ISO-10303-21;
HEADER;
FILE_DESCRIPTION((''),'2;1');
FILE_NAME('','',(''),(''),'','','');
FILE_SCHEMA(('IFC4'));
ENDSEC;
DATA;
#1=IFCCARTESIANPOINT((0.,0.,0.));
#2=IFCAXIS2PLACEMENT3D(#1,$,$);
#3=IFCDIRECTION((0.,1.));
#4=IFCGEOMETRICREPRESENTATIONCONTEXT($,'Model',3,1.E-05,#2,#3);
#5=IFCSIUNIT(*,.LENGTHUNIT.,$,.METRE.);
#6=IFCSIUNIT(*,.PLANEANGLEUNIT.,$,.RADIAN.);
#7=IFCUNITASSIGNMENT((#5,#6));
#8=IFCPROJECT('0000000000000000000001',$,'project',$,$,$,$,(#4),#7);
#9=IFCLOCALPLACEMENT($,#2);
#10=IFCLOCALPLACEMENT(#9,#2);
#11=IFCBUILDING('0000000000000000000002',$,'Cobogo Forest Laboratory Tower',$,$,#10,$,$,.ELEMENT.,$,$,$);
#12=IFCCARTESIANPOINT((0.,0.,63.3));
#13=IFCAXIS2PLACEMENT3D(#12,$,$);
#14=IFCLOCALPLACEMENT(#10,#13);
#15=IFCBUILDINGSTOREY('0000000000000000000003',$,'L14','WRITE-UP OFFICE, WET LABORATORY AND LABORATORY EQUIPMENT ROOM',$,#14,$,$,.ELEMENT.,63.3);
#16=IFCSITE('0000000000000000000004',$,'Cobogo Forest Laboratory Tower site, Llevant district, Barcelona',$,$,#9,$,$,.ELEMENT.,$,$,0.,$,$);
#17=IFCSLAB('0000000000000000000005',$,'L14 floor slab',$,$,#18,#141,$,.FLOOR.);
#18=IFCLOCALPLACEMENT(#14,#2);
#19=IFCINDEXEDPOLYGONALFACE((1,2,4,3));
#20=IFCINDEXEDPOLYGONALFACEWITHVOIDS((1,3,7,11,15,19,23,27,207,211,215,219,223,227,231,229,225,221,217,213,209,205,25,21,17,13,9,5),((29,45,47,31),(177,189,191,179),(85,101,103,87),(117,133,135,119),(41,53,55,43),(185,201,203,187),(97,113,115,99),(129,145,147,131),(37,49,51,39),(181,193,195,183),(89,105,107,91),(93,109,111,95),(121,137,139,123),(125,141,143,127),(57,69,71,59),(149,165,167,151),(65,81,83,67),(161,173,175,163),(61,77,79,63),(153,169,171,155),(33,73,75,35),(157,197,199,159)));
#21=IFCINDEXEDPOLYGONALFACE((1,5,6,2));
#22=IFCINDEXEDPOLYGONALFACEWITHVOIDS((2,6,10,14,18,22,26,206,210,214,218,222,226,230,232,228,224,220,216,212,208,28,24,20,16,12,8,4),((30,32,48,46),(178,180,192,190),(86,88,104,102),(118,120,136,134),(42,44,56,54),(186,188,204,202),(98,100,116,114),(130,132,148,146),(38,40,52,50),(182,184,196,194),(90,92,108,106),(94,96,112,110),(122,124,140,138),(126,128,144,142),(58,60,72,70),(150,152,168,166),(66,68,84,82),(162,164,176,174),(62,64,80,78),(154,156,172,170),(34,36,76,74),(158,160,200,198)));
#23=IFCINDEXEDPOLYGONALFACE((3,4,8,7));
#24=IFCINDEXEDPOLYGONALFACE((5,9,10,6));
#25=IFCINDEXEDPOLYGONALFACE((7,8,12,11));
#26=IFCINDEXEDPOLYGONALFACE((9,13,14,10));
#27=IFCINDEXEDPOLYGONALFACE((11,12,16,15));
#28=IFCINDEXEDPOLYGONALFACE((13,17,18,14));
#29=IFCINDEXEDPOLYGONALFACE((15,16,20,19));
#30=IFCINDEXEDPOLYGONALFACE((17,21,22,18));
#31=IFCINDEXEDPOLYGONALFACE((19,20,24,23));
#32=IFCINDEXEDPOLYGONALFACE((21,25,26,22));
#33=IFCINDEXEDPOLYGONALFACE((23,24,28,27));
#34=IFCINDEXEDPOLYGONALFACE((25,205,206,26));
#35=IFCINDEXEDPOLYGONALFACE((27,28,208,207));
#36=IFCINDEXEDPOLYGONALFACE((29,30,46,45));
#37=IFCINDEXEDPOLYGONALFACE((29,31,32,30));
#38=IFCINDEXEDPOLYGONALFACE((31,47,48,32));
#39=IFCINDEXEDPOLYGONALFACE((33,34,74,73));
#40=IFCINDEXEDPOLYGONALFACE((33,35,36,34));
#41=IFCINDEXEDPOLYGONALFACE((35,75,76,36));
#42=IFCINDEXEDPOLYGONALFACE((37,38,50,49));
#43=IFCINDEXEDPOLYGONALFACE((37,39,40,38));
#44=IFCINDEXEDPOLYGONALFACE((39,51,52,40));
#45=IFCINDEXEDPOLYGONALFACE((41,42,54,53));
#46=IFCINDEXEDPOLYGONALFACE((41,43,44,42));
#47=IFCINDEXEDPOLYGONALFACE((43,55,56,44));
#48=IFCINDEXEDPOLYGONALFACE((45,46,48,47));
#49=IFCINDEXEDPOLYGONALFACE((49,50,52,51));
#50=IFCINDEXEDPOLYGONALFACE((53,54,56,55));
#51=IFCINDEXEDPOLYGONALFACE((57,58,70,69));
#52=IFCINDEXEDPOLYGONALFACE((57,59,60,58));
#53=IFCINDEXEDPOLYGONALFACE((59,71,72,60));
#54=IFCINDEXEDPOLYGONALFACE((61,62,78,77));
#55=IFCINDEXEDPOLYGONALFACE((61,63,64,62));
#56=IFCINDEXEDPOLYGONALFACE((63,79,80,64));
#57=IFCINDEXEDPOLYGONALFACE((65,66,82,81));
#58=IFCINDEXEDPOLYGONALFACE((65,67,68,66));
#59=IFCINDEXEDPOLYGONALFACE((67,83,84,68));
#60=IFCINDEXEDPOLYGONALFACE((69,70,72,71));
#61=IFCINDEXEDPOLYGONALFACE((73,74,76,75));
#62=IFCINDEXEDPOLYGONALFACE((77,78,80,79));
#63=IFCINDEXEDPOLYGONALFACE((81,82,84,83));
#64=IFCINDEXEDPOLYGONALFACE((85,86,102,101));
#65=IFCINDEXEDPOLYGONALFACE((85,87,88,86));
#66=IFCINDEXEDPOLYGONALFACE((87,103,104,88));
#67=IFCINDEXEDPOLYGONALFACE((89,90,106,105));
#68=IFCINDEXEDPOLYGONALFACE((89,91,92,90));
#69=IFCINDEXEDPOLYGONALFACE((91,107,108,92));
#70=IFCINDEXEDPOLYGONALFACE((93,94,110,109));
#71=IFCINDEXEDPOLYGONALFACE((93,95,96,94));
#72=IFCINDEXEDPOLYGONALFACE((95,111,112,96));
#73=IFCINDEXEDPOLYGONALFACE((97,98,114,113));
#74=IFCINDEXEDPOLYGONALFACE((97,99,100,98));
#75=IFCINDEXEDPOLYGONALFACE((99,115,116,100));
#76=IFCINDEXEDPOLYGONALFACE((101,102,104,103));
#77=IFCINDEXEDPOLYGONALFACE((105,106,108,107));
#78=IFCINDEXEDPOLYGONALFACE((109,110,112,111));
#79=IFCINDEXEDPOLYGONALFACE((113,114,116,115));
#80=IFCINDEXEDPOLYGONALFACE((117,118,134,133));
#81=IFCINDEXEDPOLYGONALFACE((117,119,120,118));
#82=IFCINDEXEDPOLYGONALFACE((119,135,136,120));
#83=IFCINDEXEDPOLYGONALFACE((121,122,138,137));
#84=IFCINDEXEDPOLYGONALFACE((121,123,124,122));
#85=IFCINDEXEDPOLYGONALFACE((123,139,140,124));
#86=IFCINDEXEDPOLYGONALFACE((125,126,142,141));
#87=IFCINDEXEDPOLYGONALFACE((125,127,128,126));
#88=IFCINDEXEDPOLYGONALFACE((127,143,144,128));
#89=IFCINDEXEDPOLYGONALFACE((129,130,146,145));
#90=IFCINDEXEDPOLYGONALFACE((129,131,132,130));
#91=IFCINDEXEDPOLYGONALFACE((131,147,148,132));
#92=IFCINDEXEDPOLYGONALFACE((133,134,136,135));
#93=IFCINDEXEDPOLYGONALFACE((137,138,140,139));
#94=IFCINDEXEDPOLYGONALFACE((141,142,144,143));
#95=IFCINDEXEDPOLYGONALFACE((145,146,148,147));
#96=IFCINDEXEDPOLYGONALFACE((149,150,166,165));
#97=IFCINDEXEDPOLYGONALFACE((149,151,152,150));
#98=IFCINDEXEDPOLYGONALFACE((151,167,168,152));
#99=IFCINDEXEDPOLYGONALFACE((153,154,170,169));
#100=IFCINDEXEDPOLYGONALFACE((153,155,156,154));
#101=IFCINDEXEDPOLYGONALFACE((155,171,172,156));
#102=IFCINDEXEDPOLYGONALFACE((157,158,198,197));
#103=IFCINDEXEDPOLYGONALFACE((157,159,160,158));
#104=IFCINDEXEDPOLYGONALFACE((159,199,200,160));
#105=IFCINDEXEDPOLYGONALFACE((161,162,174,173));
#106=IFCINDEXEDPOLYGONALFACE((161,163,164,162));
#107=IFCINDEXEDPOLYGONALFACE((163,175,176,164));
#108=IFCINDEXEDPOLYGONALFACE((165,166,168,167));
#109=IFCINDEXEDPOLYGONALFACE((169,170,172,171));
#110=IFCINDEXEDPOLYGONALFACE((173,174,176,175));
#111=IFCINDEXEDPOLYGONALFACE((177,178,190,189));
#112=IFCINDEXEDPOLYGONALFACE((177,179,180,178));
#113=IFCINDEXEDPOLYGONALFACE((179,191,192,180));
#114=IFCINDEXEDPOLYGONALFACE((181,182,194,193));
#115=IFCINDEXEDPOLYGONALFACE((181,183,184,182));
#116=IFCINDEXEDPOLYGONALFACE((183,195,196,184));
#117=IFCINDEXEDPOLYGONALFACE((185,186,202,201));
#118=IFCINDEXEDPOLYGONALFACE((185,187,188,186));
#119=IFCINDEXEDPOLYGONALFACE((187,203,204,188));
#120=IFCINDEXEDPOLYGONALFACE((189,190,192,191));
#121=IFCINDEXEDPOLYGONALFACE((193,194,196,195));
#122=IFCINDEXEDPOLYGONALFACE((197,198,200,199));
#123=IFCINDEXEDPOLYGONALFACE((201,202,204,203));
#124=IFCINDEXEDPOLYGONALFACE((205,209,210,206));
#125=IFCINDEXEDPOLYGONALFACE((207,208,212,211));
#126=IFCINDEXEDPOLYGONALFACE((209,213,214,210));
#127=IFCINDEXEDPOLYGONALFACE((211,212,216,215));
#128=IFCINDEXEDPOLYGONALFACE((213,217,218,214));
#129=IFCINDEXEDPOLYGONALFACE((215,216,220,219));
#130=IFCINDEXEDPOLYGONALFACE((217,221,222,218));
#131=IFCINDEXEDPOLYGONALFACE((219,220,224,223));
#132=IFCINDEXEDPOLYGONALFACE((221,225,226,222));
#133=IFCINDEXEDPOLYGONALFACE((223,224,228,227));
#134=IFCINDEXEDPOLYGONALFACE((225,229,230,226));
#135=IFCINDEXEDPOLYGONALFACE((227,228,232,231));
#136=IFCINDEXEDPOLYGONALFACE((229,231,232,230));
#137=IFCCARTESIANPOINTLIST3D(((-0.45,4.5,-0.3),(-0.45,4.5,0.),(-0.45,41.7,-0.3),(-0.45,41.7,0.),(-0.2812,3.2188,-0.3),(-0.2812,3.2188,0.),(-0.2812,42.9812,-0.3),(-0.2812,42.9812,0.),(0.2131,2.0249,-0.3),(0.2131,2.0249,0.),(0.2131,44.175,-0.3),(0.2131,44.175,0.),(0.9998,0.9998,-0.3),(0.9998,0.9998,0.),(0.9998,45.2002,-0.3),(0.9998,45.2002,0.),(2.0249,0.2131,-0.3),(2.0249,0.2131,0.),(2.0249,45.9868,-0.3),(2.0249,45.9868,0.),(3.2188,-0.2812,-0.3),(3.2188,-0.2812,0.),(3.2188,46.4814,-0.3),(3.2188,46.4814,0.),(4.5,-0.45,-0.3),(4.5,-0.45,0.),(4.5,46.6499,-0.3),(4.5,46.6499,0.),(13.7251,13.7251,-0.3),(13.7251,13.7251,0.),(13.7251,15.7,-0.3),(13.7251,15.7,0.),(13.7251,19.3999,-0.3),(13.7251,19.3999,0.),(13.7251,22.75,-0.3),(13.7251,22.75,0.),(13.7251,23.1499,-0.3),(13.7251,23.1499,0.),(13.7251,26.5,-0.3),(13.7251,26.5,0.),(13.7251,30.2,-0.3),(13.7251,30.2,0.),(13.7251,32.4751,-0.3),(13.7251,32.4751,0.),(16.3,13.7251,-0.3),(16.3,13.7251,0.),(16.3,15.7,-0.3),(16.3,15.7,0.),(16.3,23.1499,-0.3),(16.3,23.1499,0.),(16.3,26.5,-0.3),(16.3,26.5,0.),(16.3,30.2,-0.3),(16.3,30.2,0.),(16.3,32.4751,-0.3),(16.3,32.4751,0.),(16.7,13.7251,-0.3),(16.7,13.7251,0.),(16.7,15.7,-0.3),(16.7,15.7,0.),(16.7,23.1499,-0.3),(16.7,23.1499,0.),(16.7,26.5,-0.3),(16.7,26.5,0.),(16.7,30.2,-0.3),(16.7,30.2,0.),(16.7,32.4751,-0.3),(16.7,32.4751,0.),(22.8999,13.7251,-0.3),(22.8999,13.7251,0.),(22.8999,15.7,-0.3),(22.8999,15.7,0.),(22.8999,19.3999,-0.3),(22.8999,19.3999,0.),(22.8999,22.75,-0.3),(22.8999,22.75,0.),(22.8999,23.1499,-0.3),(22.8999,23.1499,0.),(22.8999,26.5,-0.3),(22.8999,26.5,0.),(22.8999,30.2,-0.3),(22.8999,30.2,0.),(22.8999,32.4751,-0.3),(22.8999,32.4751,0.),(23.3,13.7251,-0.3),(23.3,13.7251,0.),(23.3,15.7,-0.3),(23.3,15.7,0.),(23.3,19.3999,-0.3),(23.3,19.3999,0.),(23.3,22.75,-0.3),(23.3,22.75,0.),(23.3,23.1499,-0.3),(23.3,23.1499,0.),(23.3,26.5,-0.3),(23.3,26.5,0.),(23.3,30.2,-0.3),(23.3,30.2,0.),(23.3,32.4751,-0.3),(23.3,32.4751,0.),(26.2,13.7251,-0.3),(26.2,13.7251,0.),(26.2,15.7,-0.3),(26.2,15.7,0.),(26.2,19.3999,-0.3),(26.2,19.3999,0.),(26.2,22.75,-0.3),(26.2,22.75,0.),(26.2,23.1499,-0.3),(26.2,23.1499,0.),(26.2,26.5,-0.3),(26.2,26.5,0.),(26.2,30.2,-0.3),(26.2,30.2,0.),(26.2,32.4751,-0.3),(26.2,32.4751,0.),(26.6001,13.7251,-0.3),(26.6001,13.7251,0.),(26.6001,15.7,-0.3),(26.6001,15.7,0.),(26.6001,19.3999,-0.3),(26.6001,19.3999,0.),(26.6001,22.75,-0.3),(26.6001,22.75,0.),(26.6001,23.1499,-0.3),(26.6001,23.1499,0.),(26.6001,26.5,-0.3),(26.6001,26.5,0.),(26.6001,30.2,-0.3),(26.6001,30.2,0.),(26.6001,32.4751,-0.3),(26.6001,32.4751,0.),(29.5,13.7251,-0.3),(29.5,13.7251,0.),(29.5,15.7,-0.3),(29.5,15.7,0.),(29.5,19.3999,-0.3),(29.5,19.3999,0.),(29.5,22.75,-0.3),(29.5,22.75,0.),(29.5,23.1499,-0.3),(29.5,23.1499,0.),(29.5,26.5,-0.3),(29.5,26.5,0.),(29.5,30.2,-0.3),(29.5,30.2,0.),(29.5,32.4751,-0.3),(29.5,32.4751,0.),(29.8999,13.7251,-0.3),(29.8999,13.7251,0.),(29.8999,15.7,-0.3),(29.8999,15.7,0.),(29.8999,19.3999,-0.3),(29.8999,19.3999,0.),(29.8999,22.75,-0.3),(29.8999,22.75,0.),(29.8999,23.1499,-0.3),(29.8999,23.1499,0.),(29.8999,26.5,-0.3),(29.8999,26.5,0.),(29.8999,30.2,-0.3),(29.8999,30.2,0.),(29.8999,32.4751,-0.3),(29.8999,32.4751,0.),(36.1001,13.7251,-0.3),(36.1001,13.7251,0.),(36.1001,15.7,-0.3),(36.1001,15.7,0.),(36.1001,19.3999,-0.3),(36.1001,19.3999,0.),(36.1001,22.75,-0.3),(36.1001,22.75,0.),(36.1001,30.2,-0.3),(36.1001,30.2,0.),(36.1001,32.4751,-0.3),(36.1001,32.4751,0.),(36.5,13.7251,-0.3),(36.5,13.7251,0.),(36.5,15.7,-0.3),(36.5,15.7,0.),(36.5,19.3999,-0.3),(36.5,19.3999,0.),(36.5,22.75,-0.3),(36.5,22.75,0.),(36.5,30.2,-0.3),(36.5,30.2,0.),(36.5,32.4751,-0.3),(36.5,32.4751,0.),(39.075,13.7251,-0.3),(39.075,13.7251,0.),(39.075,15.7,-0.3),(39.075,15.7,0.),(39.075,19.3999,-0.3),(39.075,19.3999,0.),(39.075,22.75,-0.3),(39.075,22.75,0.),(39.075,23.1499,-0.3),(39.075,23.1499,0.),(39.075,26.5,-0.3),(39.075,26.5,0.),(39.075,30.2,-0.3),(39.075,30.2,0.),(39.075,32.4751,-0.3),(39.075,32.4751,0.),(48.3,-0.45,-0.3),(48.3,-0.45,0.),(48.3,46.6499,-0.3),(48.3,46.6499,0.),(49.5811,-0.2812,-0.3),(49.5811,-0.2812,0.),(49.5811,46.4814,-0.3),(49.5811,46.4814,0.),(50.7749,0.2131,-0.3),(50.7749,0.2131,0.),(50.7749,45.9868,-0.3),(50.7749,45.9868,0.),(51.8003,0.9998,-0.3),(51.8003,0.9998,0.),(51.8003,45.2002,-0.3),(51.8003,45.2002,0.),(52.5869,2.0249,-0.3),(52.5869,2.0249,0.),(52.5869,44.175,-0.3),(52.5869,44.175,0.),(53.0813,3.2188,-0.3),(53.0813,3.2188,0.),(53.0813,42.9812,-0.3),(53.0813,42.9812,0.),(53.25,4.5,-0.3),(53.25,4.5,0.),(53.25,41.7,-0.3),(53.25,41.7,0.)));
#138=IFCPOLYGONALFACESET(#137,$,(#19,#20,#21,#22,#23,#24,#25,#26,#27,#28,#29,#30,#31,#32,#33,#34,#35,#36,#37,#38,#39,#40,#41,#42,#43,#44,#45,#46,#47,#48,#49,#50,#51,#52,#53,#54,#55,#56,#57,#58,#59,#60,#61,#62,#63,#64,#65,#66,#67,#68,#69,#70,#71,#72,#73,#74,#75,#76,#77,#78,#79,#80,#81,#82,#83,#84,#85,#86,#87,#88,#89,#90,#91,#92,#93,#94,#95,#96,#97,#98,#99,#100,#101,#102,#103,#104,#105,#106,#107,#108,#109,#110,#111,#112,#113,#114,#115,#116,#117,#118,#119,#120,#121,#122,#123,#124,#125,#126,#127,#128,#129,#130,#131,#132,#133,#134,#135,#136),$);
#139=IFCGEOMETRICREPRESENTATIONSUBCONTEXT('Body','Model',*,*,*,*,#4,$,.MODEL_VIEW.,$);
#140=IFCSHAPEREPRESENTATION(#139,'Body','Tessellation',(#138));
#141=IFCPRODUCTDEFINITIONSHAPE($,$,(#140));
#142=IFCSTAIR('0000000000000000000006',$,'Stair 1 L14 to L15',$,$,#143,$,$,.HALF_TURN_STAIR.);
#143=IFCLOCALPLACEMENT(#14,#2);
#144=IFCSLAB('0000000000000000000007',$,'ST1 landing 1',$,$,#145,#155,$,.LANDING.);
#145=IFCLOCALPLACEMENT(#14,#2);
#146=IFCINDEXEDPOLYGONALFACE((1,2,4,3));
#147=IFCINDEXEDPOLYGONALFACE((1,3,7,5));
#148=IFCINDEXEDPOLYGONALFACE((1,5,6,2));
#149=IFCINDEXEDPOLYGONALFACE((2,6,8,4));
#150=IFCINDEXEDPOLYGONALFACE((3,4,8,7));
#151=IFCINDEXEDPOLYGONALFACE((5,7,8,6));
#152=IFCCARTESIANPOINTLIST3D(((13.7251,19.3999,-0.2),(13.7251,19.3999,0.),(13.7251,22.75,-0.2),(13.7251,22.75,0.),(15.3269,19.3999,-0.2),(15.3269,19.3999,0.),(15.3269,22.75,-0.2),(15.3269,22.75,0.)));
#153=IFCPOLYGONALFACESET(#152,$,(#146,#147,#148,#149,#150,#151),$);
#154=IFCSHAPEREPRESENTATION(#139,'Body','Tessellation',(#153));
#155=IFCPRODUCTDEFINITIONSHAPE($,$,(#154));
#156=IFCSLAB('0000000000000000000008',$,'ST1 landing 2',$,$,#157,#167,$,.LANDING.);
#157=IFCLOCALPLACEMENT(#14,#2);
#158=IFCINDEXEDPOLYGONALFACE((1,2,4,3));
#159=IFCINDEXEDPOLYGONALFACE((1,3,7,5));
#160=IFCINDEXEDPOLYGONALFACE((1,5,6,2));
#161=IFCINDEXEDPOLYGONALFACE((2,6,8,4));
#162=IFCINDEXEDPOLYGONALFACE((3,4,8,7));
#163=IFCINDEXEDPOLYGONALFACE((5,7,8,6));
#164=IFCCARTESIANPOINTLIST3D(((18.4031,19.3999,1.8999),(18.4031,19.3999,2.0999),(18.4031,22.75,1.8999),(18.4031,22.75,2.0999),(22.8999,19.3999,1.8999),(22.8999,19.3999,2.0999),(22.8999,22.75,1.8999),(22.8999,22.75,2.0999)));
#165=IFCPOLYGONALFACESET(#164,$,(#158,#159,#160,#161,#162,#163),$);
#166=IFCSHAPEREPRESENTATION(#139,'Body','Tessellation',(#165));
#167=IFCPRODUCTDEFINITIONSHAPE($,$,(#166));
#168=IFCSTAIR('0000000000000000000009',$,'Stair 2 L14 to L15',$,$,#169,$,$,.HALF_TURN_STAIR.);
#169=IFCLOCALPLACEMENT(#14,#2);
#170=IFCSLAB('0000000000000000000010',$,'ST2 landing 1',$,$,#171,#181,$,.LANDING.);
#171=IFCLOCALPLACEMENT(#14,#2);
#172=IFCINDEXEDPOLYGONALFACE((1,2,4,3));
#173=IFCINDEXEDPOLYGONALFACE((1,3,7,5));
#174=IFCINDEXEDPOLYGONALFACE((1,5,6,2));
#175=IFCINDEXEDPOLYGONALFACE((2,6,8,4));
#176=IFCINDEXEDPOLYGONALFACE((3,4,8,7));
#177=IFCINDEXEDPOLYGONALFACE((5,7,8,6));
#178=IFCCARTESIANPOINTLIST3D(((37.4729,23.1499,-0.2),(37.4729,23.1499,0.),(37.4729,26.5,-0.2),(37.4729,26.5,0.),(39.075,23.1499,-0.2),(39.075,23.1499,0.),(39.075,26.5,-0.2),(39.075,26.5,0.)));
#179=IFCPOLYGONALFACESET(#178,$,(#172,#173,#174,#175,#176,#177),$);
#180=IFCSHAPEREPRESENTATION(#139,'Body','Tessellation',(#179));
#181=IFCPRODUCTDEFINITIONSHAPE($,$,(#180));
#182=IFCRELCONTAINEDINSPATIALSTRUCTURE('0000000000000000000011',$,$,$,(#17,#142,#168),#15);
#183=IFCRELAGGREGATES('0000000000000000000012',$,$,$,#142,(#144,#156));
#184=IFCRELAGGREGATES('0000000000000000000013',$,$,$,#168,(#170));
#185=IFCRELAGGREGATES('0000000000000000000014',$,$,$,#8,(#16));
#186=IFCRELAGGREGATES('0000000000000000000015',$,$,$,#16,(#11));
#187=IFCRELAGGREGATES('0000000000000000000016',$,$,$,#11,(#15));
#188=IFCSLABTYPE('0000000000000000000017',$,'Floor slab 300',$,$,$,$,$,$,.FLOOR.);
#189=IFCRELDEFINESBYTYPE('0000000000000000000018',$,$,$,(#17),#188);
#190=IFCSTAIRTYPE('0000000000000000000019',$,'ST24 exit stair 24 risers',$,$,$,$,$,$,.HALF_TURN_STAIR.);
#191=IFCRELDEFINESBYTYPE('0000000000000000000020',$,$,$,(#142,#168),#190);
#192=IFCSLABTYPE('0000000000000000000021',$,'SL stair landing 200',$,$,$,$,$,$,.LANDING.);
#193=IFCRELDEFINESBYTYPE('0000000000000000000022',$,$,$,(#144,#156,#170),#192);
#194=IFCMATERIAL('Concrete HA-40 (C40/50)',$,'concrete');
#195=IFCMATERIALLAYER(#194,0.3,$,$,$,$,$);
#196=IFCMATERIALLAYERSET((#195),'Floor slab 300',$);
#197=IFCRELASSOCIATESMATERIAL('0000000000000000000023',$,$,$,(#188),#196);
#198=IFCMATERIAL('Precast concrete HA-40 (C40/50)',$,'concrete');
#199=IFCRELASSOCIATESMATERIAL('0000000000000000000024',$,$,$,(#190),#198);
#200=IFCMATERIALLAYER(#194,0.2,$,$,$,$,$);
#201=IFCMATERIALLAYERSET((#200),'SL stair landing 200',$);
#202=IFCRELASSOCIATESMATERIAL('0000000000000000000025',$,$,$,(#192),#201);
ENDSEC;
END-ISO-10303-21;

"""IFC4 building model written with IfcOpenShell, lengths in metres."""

from ifc_helpers import new_model, si_unit, direction, frame, origin, place, context, subcontext, project, spatial, polyline, outline, extrude, material, layer, layer_set, type_object, element, aggregate, save


model = new_model("IFC4")

# Units and contexts
model_context = context("Model", 3, precision=1e-05, world=origin(), true_north=direction((0.0, 1.0)))
body_context = subcontext(model_context, "Body", "Model", "MODEL_VIEW")
ifc_project = project(units=[si_unit("LENGTHUNIT", "METRE"), si_unit("PLANEANGLEUNIT", "RADIAN")], contexts=[model_context])

# Site, building, storey
site_placement = place(None, origin())
site = spatial("IfcSite", under=ifc_project, at=site_placement, Name="Cobogo Forest Laboratory Tower site, Llevant district, Barcelona", CompositionType="ELEMENT", RefElevation=0.0)
building_placement = place(site_placement, origin())
building = spatial("IfcBuilding", under=site, at=building_placement, Name="Cobogo Forest Laboratory Tower", CompositionType="ELEMENT")
storey_placement = place(building_placement, frame((0.0, 0.0, 63.3)))
storey = spatial("IfcBuildingStorey", under=building, at=storey_placement, Name="L14", Description="WRITE-UP OFFICE, WET LABORATORY AND LABORATORY EQUIPMENT ROOM", CompositionType="ELEMENT", Elevation=63.3)

# Slab
ifc_material_1 = material(Name="Concrete HA-40 (C40/50)", Category="concrete")
ifc_layer_1 = layer(ifc_material_1, 0.3)
ifc_layer_set_1 = layer_set([ifc_layer_1], Name="Floor slab 300")
slab_type_1 = type_object("IfcSlabType", Name="Floor slab 300", PredefinedType="FLOOR", material=ifc_layer_set_1)
slab_1_placement = place(storey_placement, frame((0.0, 0.0, -0.3)))
element("IfcSlab", 1, at=slab_1_placement, inside=storey, type_object=slab_type_1, Name="L14 floor slab", PredefinedType="FLOOR", context=body_context, shape_type="SweptSolid", body=[
    extrude(outline(polyline([(48.3, -0.45), (49.5811, -0.2812), (50.7749, 0.2131), (51.8003, 0.9998), (52.5869, 2.0249), (53.0813, 3.2188), (53.25, 4.5), (53.25, 41.7), (53.0813, 42.9812), (52.5869, 44.175), (51.8003, 45.2002), (50.7749, 45.9868), (49.5811, 46.4814), (48.3, 46.6499), (4.5, 46.6499), (3.2188, 46.4814), (2.0249, 45.9868), (0.9998, 45.2002), (0.2131, 44.175), (-0.2812, 42.9812), (-0.45, 41.7), (-0.45, 4.5), (-0.2812, 3.2188), (0.2131, 2.0249), (0.9998, 0.9998), (2.0249, 0.2131), (3.2188, -0.2812), (4.5, -0.45), (48.3, -0.45)]), holes=[polyline([(16.3, 13.7251), (13.7251, 13.7251), (13.7251, 15.7), (16.3, 15.7), (16.3, 13.7251)]), polyline([(22.8999, 15.7), (22.8999, 13.7251), (16.7, 13.7251), (16.7, 15.7), (22.8999, 15.7)]), polyline([(23.3, 13.7251), (23.3, 15.7), (26.2, 15.7), (26.2, 13.7251), (23.3, 13.7251)]), polyline([(29.5, 13.7251), (26.6001, 13.7251), (26.6001, 15.7), (29.5, 15.7), (29.5, 13.7251)]), polyline([(36.1001, 15.7), (36.1001, 13.7251), (29.8999, 13.7251), (29.8999, 15.7), (36.1001, 15.7)]), polyline([(36.5, 13.7251), (36.5, 15.7), (39.075, 15.7), (39.075, 13.7251), (36.5, 13.7251)]), polyline([(13.7251, 19.3999), (13.7251, 22.75), (22.8999, 22.75), (22.8999, 19.3999), (13.7251, 19.3999)]), polyline([(23.3, 19.3999), (23.3, 22.75), (26.2, 22.75), (26.2, 19.3999), (23.3, 19.3999)]), polyline([(26.6001, 19.3999), (26.6001, 22.75), (29.5, 22.75), (29.5, 19.3999), (26.6001, 19.3999)]), polyline([(36.1001, 22.75), (36.1001, 19.3999), (29.8999, 19.3999), (29.8999, 22.75), (36.1001, 22.75)]), polyline([(39.075, 19.3999), (36.5, 19.3999), (36.5, 22.75), (39.075, 22.75), (39.075, 19.3999)]), polyline([(13.7251, 23.1499), (13.7251, 26.5), (16.3, 26.5), (16.3, 23.1499), (13.7251, 23.1499)]), polyline([(22.8999, 26.5), (22.8999, 23.1499), (16.7, 23.1499), (16.7, 26.5), (22.8999, 26.5)]), polyline([(23.3, 23.1499), (23.3, 26.5), (26.2, 26.5), (26.2, 23.1499), (23.3, 23.1499)]), polyline([(26.6001, 23.1499), (26.6001, 26.5), (29.5, 26.5), (29.5, 23.1499), (26.6001, 23.1499)]), polyline([(29.8999, 23.1499), (29.8999, 26.5), (39.075, 26.5), (39.075, 23.1499), (29.8999, 23.1499)]), polyline([(13.7251, 30.2), (13.7251, 32.4751), (16.3, 32.4751), (16.3, 30.2), (13.7251, 30.2)]), polyline([(22.8999, 32.4751), (22.8999, 30.2), (16.7, 30.2), (16.7, 32.4751), (22.8999, 32.4751)]), polyline([(23.3, 30.2), (23.3, 32.4751), (26.2, 32.4751), (26.2, 30.2), (23.3, 30.2)]), polyline([(26.6001, 30.2), (26.6001, 32.4751), (29.5, 32.4751), (29.5, 30.2), (26.6001, 30.2)]), polyline([(36.1001, 32.4751), (36.1001, 30.2), (29.8999, 30.2), (29.8999, 32.4751), (36.1001, 32.4751)]), polyline([(36.5, 30.2), (36.5, 32.4751), (39.075, 32.4751), (39.075, 30.2), (36.5, 30.2)])]), origin(), (0.0, 0.0, 1.0), 0.3),
])

# Stairs, slabs
ifc_material_2 = material(Name="Precast concrete HA-40 (C40/50)", Category="concrete")
stair_type = type_object("IfcStairType", Name="ST24 exit stair 24 risers", PredefinedType="HALF_TURN_STAIR", material=ifc_material_2)
stair_1_placement = place(storey_placement, origin())
stair_1 = element("IfcStair", 2, at=stair_1_placement, inside=storey, type_object=stair_type, Name="Stair 1 L14 to L15", PredefinedType="HALF_TURN_STAIR")
ifc_layer_2 = layer(ifc_material_1, 0.2)
ifc_layer_set_2 = layer_set([ifc_layer_2], Name="SL stair landing 200")
slab_type_2 = type_object("IfcSlabType", Name="SL stair landing 200", PredefinedType="LANDING", material=ifc_layer_set_2)
slab_2_placement = place(storey_placement, frame((0.0, 0.0, -0.2)))
slab_2 = element("IfcSlab", 3, at=slab_2_placement, type_object=slab_type_2, Name="ST1 landing 1", PredefinedType="LANDING", context=body_context, shape_type="SweptSolid", body=[
    extrude(outline(polyline([(13.7251, 19.3999), (15.3269, 19.3999), (15.3269, 22.75), (13.7251, 22.75), (13.7251, 19.3999)])), origin(), (0.0, 0.0, 1.0), 0.2),
])
slab_3_placement = place(storey_placement, frame((0.0, 0.0, 1.8999)))
slab_3 = element("IfcSlab", 4, at=slab_3_placement, type_object=slab_type_2, Name="ST1 landing 2", PredefinedType="LANDING", context=body_context, shape_type="SweptSolid", body=[
    extrude(outline(polyline([(18.4031, 19.3999), (22.8999, 19.3999), (22.8999, 22.75), (18.4031, 22.75), (18.4031, 19.3999)])), origin(), (0.0, 0.0, 1.0), 0.2),
])
aggregate(stair_1, [slab_2, slab_3])
stair_2_placement = place(storey_placement, origin())
stair_2 = element("IfcStair", 5, at=stair_2_placement, inside=storey, type_object=stair_type, Name="Stair 2 L14 to L15", PredefinedType="HALF_TURN_STAIR")
slab_4_placement = place(storey_placement, frame((0.0, 0.0, -0.2)))
slab_4 = element("IfcSlab", 6, at=slab_4_placement, type_object=slab_type_2, Name="ST2 landing 1", PredefinedType="LANDING", context=body_context, shape_type="SweptSolid", body=[
    extrude(outline(polyline([(37.4729, 23.1499), (39.075, 23.1499), (39.075, 26.5), (37.4729, 26.5), (37.4729, 23.1499)])), origin(), (0.0, 0.0, 1.0), 0.2),
])
aggregate(stair_2, [slab_4])

save(model, "model.ifc")
